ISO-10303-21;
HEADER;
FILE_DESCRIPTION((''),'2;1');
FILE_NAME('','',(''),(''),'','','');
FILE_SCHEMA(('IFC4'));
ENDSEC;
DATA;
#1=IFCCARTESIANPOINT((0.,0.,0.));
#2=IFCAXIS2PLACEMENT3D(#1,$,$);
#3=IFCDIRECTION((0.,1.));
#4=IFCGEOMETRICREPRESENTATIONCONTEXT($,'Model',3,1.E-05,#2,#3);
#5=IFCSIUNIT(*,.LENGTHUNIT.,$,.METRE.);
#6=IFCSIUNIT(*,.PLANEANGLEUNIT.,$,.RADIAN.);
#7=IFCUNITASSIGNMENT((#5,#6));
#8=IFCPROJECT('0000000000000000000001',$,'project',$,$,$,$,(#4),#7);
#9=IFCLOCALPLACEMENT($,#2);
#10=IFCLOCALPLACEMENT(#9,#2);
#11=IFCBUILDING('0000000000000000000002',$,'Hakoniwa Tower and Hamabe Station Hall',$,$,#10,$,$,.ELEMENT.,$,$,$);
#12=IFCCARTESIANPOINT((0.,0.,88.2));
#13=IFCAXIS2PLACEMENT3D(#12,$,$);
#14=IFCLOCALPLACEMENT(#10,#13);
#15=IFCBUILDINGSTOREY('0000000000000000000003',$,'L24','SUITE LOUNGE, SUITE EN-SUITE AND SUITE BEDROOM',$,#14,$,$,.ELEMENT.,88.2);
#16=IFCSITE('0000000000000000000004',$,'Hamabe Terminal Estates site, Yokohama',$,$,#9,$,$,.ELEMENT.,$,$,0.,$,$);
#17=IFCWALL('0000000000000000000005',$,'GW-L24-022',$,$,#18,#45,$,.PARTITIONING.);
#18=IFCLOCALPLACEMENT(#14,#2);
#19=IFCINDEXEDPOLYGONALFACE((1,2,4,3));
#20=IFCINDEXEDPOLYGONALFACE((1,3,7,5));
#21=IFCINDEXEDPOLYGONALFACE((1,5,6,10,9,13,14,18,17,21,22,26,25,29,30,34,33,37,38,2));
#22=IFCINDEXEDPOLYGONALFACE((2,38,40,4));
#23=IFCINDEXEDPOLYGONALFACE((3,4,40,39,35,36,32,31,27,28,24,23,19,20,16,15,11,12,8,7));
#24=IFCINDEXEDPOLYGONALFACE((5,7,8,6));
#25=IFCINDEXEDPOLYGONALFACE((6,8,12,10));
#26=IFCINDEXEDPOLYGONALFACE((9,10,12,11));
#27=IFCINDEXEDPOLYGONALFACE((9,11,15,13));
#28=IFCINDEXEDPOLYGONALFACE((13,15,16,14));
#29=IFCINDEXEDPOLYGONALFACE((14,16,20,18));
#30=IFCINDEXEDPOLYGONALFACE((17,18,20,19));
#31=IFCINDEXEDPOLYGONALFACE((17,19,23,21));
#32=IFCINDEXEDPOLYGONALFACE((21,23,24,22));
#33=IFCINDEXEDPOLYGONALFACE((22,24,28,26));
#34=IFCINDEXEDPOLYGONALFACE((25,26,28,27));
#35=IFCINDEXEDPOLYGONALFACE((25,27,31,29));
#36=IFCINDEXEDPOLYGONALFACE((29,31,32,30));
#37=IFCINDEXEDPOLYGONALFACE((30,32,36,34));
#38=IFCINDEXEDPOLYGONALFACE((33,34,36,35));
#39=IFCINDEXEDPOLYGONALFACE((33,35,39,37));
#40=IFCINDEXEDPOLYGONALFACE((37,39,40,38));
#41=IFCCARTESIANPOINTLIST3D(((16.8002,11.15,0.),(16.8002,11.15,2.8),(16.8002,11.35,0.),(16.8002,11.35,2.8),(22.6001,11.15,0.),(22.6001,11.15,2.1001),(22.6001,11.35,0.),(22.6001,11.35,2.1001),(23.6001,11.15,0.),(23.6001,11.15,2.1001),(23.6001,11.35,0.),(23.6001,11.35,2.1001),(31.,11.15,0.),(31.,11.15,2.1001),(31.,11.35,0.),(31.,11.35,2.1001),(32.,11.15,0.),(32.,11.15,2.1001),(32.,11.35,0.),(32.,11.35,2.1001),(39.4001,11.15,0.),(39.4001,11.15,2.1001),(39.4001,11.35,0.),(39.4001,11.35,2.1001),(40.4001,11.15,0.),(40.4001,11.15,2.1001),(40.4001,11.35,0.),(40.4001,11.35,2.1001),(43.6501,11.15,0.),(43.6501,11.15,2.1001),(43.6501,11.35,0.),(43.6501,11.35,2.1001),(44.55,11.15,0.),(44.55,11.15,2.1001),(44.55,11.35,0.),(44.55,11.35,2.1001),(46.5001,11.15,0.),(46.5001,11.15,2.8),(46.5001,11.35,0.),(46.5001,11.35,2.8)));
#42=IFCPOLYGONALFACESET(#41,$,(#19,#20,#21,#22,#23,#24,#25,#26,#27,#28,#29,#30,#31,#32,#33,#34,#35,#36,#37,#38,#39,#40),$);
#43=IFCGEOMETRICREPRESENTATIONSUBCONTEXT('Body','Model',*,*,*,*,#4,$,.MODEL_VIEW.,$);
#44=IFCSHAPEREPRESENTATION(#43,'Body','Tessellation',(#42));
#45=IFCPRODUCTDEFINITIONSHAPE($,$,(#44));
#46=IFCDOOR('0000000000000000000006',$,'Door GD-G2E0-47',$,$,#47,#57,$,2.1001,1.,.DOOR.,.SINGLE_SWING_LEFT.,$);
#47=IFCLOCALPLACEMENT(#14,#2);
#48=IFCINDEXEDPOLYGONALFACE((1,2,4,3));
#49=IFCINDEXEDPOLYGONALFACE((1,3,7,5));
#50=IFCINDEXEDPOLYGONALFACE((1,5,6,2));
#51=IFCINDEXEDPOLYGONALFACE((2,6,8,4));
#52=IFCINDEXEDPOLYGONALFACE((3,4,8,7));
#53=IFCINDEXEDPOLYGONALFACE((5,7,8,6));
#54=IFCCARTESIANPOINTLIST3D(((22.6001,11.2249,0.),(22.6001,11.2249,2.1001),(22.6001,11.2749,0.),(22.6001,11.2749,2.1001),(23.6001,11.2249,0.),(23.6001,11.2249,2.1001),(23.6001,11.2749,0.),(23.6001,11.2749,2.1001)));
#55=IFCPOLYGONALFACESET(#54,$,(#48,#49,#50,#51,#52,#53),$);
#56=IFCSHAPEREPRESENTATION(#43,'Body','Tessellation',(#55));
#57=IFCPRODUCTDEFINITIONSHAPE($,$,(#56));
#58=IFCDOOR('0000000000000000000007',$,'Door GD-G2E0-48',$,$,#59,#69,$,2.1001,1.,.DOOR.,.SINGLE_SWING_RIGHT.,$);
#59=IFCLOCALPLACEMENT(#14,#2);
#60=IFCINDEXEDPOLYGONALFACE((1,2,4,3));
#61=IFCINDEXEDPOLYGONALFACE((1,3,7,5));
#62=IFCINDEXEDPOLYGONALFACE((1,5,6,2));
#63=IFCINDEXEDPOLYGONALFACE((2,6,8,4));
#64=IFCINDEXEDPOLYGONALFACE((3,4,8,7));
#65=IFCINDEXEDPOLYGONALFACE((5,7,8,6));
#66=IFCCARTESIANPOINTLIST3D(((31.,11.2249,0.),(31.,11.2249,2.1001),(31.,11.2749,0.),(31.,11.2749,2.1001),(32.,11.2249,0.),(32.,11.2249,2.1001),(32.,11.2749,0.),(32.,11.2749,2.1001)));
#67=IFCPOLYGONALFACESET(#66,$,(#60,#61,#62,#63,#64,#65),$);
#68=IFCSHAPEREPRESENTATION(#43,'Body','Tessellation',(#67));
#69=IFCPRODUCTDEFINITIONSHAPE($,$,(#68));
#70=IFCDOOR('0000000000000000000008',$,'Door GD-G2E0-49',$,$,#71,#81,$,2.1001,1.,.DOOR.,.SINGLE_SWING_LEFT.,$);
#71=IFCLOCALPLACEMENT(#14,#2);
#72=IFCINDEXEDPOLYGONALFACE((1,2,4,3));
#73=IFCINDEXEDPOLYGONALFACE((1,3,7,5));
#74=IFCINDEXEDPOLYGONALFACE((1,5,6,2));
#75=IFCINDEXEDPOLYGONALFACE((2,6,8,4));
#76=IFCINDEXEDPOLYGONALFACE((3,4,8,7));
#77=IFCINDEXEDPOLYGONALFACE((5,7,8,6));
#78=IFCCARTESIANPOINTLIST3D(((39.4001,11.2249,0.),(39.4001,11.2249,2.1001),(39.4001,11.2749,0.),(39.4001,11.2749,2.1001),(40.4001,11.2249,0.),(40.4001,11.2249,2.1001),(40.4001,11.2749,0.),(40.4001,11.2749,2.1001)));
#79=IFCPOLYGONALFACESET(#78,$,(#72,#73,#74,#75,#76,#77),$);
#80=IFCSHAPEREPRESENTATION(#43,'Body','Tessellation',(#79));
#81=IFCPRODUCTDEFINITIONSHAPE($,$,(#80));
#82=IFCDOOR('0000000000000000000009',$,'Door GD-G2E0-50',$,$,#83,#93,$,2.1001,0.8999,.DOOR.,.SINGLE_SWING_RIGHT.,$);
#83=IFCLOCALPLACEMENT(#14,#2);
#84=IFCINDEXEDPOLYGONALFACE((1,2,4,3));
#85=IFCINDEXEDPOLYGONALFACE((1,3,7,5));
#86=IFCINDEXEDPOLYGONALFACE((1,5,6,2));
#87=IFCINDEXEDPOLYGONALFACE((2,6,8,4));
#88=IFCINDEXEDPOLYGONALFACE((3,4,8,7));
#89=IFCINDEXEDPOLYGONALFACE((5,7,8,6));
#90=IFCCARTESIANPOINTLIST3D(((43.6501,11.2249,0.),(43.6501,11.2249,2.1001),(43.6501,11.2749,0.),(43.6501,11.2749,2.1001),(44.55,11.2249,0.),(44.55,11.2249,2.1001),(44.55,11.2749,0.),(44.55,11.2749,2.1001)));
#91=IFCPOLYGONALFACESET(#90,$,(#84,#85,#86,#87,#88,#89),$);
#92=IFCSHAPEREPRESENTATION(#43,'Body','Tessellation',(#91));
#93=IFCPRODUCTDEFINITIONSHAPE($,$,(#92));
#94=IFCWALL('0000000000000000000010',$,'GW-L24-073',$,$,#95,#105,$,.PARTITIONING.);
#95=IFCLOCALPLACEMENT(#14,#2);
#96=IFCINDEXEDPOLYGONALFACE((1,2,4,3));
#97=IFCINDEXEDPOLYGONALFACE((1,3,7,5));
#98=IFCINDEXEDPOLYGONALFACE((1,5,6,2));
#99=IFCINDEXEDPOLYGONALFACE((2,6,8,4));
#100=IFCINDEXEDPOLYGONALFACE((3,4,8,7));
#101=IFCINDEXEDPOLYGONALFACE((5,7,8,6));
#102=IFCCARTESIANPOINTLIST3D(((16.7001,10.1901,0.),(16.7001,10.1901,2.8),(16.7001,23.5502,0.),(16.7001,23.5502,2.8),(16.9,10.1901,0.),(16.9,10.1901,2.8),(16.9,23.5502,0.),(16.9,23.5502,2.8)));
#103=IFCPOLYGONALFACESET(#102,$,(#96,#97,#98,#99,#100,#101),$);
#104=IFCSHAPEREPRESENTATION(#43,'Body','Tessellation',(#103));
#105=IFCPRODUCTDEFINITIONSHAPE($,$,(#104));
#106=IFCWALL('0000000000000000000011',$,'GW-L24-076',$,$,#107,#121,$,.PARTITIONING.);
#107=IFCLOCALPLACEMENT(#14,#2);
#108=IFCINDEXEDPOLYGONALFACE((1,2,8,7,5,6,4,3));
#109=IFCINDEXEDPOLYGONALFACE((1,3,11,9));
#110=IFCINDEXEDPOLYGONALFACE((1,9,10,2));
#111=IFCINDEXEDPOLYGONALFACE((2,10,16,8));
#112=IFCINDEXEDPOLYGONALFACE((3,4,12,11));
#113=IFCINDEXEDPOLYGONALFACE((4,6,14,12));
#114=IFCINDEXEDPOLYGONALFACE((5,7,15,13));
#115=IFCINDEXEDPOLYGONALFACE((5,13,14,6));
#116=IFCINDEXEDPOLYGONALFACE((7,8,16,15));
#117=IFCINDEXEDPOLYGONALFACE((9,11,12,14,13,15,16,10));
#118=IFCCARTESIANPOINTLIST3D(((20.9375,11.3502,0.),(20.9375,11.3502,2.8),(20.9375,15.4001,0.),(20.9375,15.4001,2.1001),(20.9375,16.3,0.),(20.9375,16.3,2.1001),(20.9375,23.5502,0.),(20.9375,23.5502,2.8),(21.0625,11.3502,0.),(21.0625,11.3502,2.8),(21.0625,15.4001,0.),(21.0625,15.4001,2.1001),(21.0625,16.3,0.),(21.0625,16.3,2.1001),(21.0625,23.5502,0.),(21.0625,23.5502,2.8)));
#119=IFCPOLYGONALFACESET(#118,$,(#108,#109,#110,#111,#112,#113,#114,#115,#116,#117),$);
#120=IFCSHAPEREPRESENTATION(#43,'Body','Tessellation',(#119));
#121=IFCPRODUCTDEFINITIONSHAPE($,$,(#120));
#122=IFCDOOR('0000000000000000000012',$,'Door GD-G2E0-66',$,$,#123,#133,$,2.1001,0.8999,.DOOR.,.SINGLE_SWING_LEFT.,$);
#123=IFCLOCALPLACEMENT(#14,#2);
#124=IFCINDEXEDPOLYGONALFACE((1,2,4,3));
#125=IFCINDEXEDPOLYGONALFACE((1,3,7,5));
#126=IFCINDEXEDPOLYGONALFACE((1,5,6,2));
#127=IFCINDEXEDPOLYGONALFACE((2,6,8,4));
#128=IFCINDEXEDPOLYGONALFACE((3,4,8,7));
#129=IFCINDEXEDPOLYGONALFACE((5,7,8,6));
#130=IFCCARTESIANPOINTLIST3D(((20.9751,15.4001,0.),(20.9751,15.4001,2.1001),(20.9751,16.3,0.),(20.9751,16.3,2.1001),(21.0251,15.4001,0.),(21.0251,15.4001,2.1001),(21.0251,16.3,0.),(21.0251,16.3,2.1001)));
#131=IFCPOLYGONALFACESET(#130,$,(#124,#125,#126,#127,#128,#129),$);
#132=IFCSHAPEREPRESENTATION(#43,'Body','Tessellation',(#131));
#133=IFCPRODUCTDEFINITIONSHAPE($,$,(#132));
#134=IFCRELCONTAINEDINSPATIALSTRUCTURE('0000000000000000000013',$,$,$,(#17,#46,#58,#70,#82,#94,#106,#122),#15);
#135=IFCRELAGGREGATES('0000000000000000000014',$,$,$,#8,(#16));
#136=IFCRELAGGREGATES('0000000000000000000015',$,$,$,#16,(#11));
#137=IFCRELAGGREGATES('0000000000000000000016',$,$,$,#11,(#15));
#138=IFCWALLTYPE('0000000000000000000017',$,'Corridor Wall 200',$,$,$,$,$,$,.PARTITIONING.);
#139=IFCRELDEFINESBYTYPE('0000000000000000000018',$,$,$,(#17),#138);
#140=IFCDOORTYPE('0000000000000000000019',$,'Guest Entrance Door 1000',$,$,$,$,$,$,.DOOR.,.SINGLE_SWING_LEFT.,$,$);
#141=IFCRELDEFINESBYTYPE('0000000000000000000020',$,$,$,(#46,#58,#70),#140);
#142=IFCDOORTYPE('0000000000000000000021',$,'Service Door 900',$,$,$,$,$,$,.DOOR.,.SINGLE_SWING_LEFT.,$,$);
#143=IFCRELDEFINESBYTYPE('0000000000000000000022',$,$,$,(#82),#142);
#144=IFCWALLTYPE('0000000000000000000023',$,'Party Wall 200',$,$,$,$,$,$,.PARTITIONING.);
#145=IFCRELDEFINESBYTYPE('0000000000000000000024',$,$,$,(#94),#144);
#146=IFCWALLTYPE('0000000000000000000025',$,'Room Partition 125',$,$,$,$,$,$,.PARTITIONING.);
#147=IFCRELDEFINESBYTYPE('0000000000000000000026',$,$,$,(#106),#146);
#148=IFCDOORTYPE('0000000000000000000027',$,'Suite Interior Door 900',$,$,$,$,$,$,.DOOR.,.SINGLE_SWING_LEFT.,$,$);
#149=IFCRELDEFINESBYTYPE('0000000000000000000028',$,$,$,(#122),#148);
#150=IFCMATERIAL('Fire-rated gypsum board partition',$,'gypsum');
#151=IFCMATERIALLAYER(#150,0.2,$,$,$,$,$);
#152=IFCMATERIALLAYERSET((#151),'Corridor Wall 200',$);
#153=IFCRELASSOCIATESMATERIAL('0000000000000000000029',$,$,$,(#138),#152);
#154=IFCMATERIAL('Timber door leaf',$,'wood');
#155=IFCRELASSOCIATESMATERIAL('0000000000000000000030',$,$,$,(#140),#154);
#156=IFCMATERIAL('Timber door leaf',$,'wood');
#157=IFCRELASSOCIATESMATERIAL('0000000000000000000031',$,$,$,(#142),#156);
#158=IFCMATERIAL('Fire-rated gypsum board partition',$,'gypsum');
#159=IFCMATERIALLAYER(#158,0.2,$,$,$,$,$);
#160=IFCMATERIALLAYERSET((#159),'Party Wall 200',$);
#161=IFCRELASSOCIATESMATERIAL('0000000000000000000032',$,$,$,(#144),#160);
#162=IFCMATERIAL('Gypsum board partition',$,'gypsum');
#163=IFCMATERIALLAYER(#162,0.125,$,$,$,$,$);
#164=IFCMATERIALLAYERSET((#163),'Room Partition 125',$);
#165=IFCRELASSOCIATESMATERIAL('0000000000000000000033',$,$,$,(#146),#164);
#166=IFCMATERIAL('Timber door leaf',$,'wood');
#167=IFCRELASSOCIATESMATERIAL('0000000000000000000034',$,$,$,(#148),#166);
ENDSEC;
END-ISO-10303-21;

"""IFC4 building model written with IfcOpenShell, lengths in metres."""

from ifc_helpers import new_model, si_unit, direction, frame, frame_2d, origin, place, context, subcontext, project, spatial, rectangle, extrude, material, layer, layer_set, type_object, element, fill, save


model = new_model("IFC4")

# Units and contexts
model_context = context("Model", 3, precision=1e-05, world=origin(), true_north=direction((0.0, 1.0)))
body_context = subcontext(model_context, "Body", "Model", "MODEL_VIEW")
ifc_project = project(units=[si_unit("LENGTHUNIT", "METRE"), si_unit("PLANEANGLEUNIT", "RADIAN")], contexts=[model_context])

# Site, building, storey
site_placement = place(None, origin())
site = spatial("IfcSite", under=ifc_project, at=site_placement, Name="Hamabe Terminal Estates site, Yokohama", CompositionType="ELEMENT", RefElevation=0.0)
building_placement = place(site_placement, origin())
building = spatial("IfcBuilding", under=site, at=building_placement, Name="Hakoniwa Tower and Hamabe Station Hall", CompositionType="ELEMENT")
storey_placement = place(building_placement, frame((0.0, 0.0, 88.2)))
storey = spatial("IfcBuildingStorey", under=building, at=storey_placement, Name="L24", Description="SUITE LOUNGE, SUITE EN-SUITE AND SUITE BEDROOM", CompositionType="ELEMENT", Elevation=88.2)

# Wall, openings, doors
ifc_material_1 = material(Name="Fire-rated gypsum board partition", Category="gypsum")
ifc_layer_1 = layer(ifc_material_1, 0.2)
ifc_layer_set_1 = layer_set([ifc_layer_1], Name="Corridor Wall 200")
wall_type_1 = type_object("IfcWallType", Name="Corridor Wall 200", PredefinedType="PARTITIONING", material=ifc_layer_set_1)
wall_1_placement = place(storey_placement, frame((16.8, 11.25, 0.0), z_axis=(0.0, 0.0, 1.0), x_axis=(1.0, 0.0, 0.0)))
wall_1 = element("IfcWall", 1, at=wall_1_placement, inside=storey, type_object=wall_type_1, Name="GW-L24-022", PredefinedType="PARTITIONING", context=body_context, shape_type="SweptSolid", body=[
    extrude(rectangle(XDim=29.7, YDim=0.2, at=frame_2d((14.8501, 0.0))), origin(), (0.0, 0.0, 1.0), 2.8),
])
opening_1_placement = place(wall_1_placement, frame((5.8, 0.0, 0.0)))
opening_1 = element("IfcOpeningElement", 2, at=opening_1_placement, cuts=wall_1, PredefinedType="OPENING", context=body_context, shape_type="SweptSolid", body=[
    extrude(rectangle(XDim=1.0, YDim=2.1001, at=frame_2d((0.5, 1.05))), frame((0.0, 0.1099, 0.0), z_axis=(0.0, -1.0, 0.0), x_axis=(1.0, 0.0, 0.0)), (0.0, 0.0, 1.0), 0.22),
])
opening_2_placement = place(wall_1_placement, frame((14.2, 0.0, 0.0)))
opening_2 = element("IfcOpeningElement", 3, at=opening_2_placement, cuts=wall_1, PredefinedType="OPENING", context=body_context, shape_type="SweptSolid", body=[
    extrude(rectangle(XDim=1.0, YDim=2.1001, at=frame_2d((0.5, 1.05))), frame((0.0, 0.1099, 0.0), z_axis=(0.0, -1.0, 0.0), x_axis=(1.0, 0.0, 0.0)), (0.0, 0.0, 1.0), 0.22),
])
opening_3_placement = place(wall_1_placement, frame((22.6001, 0.0, 0.0)))
opening_3 = element("IfcOpeningElement", 4, at=opening_3_placement, cuts=wall_1, PredefinedType="OPENING", context=body_context, shape_type="SweptSolid", body=[
    extrude(rectangle(XDim=1.0, YDim=2.1001, at=frame_2d((0.5, 1.05))), frame((0.0, 0.1099, 0.0), z_axis=(0.0, -1.0, 0.0), x_axis=(1.0, 0.0, 0.0)), (0.0, 0.0, 1.0), 0.22),
])
opening_4_placement = place(wall_1_placement, frame((26.8501, 0.0, 0.0)))
opening_4 = element("IfcOpeningElement", 5, at=opening_4_placement, cuts=wall_1, PredefinedType="OPENING", context=body_context, shape_type="SweptSolid", body=[
    extrude(rectangle(XDim=0.8999, YDim=2.1001, at=frame_2d((0.45, 1.05))), frame((0.0, 0.1099, 0.0), z_axis=(0.0, -1.0, 0.0), x_axis=(1.0, 0.0, 0.0)), (0.0, 0.0, 1.0), 0.22),
])
ifc_material_2 = material(Name="Timber door leaf", Category="wood")
door_type_1 = type_object("IfcDoorType", Name="Guest Entrance Door 1000", OperationType="SINGLE_SWING_LEFT", PredefinedType="DOOR", material=ifc_material_2)
door_1_placement = place(opening_1_placement, origin())
door_1 = element("IfcDoor", 6, at=door_1_placement, inside=storey, type_object=door_type_1, Name="Door GD-G2E0-47", OperationType="SINGLE_SWING_LEFT", OverallHeight=2.1001, OverallWidth=1.0, PredefinedType="DOOR", context=body_context, shape_type="SweptSolid", body=[
    extrude(rectangle(XDim=1.0, YDim=2.1001, at=frame_2d((0.5, 1.05))), frame((0.0, 0.0249, 0.0), z_axis=(0.0, -1.0, 0.0), x_axis=(1.0, 0.0, 0.0)), (0.0, 0.0, 1.0), 0.05),
])
fill(opening_1, door_1)
door_2_placement = place(opening_2_placement, origin())
door_2 = element("IfcDoor", 7, at=door_2_placement, inside=storey, type_object=door_type_1, Name="Door GD-G2E0-48", OperationType="SINGLE_SWING_RIGHT", OverallHeight=2.1001, OverallWidth=1.0, PredefinedType="DOOR", context=body_context, shape_type="SweptSolid", body=[
    extrude(rectangle(XDim=1.0, YDim=2.1001, at=frame_2d((0.5, 1.05))), frame((0.0, 0.0249, 0.0), z_axis=(0.0, -1.0, 0.0), x_axis=(1.0, 0.0, 0.0)), (0.0, 0.0, 1.0), 0.05),
])
fill(opening_2, door_2)
door_3_placement = place(opening_3_placement, origin())
door_3 = element("IfcDoor", 8, at=door_3_placement, inside=storey, type_object=door_type_1, Name="Door GD-G2E0-49", OperationType="SINGLE_SWING_LEFT", OverallHeight=2.1001, OverallWidth=1.0, PredefinedType="DOOR", context=body_context, shape_type="SweptSolid", body=[
    extrude(rectangle(XDim=1.0, YDim=2.1001, at=frame_2d((0.5, 1.05))), frame((0.0, 0.0249, 0.0), z_axis=(0.0, -1.0, 0.0), x_axis=(1.0, 0.0, 0.0)), (0.0, 0.0, 1.0), 0.05),
])
fill(opening_3, door_3)
ifc_material_3 = material(Name="Timber door leaf", Category="wood")
door_type_2 = type_object("IfcDoorType", Name="Service Door 900", OperationType="SINGLE_SWING_LEFT", PredefinedType="DOOR", material=ifc_material_3)
door_4_placement = place(opening_4_placement, origin())
door_4 = element("IfcDoor", 9, at=door_4_placement, inside=storey, type_object=door_type_2, Name="Door GD-G2E0-50", OperationType="SINGLE_SWING_RIGHT", OverallHeight=2.1001, OverallWidth=0.8999, PredefinedType="DOOR", context=body_context, shape_type="SweptSolid", body=[
    extrude(rectangle(XDim=0.8999, YDim=2.1001, at=frame_2d((0.45, 1.05))), frame((0.0, 0.0249, 0.0), z_axis=(0.0, -1.0, 0.0), x_axis=(1.0, 0.0, 0.0)), (0.0, 0.0, 1.0), 0.05),
])
fill(opening_4, door_4)

# Wall
ifc_material_4 = material(Name="Fire-rated gypsum board partition", Category="gypsum")
ifc_layer_2 = layer(ifc_material_4, 0.2)
ifc_layer_set_2 = layer_set([ifc_layer_2], Name="Party Wall 200")
wall_type_2 = type_object("IfcWallType", Name="Party Wall 200", PredefinedType="PARTITIONING", material=ifc_layer_set_2)
wall_2_placement = place(storey_placement, frame((16.8, 10.1899, 0.0), z_axis=(0.0, 0.0, 1.0), x_axis=(0.0, 1.0, 0.0)))
element("IfcWall", 10, at=wall_2_placement, inside=storey, type_object=wall_type_2, Name="GW-L24-073", PredefinedType="PARTITIONING", context=body_context, shape_type="SweptSolid", body=[
    extrude(rectangle(XDim=13.3601, YDim=0.2, at=frame_2d((6.6802, 0.0))), origin(), (0.0, 0.0, 1.0), 2.8),
])

# Wall, opening, door
ifc_material_5 = material(Name="Gypsum board partition", Category="gypsum")
ifc_layer_3 = layer(ifc_material_5, 0.125)
ifc_layer_set_3 = layer_set([ifc_layer_3], Name="Room Partition 125")
wall_type_3 = type_object("IfcWallType", Name="Room Partition 125", PredefinedType="PARTITIONING", material=ifc_layer_set_3)
wall_3_placement = place(storey_placement, frame((21.0, 11.3501, 0.0), z_axis=(0.0, 0.0, 1.0), x_axis=(0.0, 1.0, 0.0)))
wall_3 = element("IfcWall", 11, at=wall_3_placement, inside=storey, type_object=wall_type_3, Name="GW-L24-076", PredefinedType="PARTITIONING", context=body_context, shape_type="SweptSolid", body=[
    extrude(rectangle(XDim=12.2, YDim=0.125, at=frame_2d((6.1001, 0.0))), origin(), (0.0, 0.0, 1.0), 2.8),
])
opening_5_placement = place(wall_3_placement, frame((4.05, 0.0, 0.0)))
opening_5 = element("IfcOpeningElement", 12, at=opening_5_placement, cuts=wall_3, PredefinedType="OPENING", context=body_context, shape_type="SweptSolid", body=[
    extrude(rectangle(XDim=0.8999, YDim=2.1001, at=frame_2d((0.45, 1.05))), frame((0.0, 0.0725, 0.0), z_axis=(0.0, -1.0, 0.0), x_axis=(1.0, 0.0, 0.0)), (0.0, 0.0, 1.0), 0.145),
])
ifc_material_6 = material(Name="Timber door leaf", Category="wood")
door_type_3 = type_object("IfcDoorType", Name="Suite Interior Door 900", OperationType="SINGLE_SWING_LEFT", PredefinedType="DOOR", material=ifc_material_6)
door_5_placement = place(opening_5_placement, origin())
door_5 = element("IfcDoor", 13, at=door_5_placement, inside=storey, type_object=door_type_3, Name="Door GD-G2E0-66", OperationType="SINGLE_SWING_LEFT", OverallHeight=2.1001, OverallWidth=0.8999, PredefinedType="DOOR", context=body_context, shape_type="SweptSolid", body=[
    extrude(rectangle(XDim=0.8999, YDim=2.1001, at=frame_2d((0.45, 1.05))), frame((0.0, 0.0249, 0.0), z_axis=(0.0, -1.0, 0.0), x_axis=(1.0, 0.0, 0.0)), (0.0, 0.0, 1.0), 0.05),
])
fill(opening_5, door_5)

save(model, "model.ifc")
